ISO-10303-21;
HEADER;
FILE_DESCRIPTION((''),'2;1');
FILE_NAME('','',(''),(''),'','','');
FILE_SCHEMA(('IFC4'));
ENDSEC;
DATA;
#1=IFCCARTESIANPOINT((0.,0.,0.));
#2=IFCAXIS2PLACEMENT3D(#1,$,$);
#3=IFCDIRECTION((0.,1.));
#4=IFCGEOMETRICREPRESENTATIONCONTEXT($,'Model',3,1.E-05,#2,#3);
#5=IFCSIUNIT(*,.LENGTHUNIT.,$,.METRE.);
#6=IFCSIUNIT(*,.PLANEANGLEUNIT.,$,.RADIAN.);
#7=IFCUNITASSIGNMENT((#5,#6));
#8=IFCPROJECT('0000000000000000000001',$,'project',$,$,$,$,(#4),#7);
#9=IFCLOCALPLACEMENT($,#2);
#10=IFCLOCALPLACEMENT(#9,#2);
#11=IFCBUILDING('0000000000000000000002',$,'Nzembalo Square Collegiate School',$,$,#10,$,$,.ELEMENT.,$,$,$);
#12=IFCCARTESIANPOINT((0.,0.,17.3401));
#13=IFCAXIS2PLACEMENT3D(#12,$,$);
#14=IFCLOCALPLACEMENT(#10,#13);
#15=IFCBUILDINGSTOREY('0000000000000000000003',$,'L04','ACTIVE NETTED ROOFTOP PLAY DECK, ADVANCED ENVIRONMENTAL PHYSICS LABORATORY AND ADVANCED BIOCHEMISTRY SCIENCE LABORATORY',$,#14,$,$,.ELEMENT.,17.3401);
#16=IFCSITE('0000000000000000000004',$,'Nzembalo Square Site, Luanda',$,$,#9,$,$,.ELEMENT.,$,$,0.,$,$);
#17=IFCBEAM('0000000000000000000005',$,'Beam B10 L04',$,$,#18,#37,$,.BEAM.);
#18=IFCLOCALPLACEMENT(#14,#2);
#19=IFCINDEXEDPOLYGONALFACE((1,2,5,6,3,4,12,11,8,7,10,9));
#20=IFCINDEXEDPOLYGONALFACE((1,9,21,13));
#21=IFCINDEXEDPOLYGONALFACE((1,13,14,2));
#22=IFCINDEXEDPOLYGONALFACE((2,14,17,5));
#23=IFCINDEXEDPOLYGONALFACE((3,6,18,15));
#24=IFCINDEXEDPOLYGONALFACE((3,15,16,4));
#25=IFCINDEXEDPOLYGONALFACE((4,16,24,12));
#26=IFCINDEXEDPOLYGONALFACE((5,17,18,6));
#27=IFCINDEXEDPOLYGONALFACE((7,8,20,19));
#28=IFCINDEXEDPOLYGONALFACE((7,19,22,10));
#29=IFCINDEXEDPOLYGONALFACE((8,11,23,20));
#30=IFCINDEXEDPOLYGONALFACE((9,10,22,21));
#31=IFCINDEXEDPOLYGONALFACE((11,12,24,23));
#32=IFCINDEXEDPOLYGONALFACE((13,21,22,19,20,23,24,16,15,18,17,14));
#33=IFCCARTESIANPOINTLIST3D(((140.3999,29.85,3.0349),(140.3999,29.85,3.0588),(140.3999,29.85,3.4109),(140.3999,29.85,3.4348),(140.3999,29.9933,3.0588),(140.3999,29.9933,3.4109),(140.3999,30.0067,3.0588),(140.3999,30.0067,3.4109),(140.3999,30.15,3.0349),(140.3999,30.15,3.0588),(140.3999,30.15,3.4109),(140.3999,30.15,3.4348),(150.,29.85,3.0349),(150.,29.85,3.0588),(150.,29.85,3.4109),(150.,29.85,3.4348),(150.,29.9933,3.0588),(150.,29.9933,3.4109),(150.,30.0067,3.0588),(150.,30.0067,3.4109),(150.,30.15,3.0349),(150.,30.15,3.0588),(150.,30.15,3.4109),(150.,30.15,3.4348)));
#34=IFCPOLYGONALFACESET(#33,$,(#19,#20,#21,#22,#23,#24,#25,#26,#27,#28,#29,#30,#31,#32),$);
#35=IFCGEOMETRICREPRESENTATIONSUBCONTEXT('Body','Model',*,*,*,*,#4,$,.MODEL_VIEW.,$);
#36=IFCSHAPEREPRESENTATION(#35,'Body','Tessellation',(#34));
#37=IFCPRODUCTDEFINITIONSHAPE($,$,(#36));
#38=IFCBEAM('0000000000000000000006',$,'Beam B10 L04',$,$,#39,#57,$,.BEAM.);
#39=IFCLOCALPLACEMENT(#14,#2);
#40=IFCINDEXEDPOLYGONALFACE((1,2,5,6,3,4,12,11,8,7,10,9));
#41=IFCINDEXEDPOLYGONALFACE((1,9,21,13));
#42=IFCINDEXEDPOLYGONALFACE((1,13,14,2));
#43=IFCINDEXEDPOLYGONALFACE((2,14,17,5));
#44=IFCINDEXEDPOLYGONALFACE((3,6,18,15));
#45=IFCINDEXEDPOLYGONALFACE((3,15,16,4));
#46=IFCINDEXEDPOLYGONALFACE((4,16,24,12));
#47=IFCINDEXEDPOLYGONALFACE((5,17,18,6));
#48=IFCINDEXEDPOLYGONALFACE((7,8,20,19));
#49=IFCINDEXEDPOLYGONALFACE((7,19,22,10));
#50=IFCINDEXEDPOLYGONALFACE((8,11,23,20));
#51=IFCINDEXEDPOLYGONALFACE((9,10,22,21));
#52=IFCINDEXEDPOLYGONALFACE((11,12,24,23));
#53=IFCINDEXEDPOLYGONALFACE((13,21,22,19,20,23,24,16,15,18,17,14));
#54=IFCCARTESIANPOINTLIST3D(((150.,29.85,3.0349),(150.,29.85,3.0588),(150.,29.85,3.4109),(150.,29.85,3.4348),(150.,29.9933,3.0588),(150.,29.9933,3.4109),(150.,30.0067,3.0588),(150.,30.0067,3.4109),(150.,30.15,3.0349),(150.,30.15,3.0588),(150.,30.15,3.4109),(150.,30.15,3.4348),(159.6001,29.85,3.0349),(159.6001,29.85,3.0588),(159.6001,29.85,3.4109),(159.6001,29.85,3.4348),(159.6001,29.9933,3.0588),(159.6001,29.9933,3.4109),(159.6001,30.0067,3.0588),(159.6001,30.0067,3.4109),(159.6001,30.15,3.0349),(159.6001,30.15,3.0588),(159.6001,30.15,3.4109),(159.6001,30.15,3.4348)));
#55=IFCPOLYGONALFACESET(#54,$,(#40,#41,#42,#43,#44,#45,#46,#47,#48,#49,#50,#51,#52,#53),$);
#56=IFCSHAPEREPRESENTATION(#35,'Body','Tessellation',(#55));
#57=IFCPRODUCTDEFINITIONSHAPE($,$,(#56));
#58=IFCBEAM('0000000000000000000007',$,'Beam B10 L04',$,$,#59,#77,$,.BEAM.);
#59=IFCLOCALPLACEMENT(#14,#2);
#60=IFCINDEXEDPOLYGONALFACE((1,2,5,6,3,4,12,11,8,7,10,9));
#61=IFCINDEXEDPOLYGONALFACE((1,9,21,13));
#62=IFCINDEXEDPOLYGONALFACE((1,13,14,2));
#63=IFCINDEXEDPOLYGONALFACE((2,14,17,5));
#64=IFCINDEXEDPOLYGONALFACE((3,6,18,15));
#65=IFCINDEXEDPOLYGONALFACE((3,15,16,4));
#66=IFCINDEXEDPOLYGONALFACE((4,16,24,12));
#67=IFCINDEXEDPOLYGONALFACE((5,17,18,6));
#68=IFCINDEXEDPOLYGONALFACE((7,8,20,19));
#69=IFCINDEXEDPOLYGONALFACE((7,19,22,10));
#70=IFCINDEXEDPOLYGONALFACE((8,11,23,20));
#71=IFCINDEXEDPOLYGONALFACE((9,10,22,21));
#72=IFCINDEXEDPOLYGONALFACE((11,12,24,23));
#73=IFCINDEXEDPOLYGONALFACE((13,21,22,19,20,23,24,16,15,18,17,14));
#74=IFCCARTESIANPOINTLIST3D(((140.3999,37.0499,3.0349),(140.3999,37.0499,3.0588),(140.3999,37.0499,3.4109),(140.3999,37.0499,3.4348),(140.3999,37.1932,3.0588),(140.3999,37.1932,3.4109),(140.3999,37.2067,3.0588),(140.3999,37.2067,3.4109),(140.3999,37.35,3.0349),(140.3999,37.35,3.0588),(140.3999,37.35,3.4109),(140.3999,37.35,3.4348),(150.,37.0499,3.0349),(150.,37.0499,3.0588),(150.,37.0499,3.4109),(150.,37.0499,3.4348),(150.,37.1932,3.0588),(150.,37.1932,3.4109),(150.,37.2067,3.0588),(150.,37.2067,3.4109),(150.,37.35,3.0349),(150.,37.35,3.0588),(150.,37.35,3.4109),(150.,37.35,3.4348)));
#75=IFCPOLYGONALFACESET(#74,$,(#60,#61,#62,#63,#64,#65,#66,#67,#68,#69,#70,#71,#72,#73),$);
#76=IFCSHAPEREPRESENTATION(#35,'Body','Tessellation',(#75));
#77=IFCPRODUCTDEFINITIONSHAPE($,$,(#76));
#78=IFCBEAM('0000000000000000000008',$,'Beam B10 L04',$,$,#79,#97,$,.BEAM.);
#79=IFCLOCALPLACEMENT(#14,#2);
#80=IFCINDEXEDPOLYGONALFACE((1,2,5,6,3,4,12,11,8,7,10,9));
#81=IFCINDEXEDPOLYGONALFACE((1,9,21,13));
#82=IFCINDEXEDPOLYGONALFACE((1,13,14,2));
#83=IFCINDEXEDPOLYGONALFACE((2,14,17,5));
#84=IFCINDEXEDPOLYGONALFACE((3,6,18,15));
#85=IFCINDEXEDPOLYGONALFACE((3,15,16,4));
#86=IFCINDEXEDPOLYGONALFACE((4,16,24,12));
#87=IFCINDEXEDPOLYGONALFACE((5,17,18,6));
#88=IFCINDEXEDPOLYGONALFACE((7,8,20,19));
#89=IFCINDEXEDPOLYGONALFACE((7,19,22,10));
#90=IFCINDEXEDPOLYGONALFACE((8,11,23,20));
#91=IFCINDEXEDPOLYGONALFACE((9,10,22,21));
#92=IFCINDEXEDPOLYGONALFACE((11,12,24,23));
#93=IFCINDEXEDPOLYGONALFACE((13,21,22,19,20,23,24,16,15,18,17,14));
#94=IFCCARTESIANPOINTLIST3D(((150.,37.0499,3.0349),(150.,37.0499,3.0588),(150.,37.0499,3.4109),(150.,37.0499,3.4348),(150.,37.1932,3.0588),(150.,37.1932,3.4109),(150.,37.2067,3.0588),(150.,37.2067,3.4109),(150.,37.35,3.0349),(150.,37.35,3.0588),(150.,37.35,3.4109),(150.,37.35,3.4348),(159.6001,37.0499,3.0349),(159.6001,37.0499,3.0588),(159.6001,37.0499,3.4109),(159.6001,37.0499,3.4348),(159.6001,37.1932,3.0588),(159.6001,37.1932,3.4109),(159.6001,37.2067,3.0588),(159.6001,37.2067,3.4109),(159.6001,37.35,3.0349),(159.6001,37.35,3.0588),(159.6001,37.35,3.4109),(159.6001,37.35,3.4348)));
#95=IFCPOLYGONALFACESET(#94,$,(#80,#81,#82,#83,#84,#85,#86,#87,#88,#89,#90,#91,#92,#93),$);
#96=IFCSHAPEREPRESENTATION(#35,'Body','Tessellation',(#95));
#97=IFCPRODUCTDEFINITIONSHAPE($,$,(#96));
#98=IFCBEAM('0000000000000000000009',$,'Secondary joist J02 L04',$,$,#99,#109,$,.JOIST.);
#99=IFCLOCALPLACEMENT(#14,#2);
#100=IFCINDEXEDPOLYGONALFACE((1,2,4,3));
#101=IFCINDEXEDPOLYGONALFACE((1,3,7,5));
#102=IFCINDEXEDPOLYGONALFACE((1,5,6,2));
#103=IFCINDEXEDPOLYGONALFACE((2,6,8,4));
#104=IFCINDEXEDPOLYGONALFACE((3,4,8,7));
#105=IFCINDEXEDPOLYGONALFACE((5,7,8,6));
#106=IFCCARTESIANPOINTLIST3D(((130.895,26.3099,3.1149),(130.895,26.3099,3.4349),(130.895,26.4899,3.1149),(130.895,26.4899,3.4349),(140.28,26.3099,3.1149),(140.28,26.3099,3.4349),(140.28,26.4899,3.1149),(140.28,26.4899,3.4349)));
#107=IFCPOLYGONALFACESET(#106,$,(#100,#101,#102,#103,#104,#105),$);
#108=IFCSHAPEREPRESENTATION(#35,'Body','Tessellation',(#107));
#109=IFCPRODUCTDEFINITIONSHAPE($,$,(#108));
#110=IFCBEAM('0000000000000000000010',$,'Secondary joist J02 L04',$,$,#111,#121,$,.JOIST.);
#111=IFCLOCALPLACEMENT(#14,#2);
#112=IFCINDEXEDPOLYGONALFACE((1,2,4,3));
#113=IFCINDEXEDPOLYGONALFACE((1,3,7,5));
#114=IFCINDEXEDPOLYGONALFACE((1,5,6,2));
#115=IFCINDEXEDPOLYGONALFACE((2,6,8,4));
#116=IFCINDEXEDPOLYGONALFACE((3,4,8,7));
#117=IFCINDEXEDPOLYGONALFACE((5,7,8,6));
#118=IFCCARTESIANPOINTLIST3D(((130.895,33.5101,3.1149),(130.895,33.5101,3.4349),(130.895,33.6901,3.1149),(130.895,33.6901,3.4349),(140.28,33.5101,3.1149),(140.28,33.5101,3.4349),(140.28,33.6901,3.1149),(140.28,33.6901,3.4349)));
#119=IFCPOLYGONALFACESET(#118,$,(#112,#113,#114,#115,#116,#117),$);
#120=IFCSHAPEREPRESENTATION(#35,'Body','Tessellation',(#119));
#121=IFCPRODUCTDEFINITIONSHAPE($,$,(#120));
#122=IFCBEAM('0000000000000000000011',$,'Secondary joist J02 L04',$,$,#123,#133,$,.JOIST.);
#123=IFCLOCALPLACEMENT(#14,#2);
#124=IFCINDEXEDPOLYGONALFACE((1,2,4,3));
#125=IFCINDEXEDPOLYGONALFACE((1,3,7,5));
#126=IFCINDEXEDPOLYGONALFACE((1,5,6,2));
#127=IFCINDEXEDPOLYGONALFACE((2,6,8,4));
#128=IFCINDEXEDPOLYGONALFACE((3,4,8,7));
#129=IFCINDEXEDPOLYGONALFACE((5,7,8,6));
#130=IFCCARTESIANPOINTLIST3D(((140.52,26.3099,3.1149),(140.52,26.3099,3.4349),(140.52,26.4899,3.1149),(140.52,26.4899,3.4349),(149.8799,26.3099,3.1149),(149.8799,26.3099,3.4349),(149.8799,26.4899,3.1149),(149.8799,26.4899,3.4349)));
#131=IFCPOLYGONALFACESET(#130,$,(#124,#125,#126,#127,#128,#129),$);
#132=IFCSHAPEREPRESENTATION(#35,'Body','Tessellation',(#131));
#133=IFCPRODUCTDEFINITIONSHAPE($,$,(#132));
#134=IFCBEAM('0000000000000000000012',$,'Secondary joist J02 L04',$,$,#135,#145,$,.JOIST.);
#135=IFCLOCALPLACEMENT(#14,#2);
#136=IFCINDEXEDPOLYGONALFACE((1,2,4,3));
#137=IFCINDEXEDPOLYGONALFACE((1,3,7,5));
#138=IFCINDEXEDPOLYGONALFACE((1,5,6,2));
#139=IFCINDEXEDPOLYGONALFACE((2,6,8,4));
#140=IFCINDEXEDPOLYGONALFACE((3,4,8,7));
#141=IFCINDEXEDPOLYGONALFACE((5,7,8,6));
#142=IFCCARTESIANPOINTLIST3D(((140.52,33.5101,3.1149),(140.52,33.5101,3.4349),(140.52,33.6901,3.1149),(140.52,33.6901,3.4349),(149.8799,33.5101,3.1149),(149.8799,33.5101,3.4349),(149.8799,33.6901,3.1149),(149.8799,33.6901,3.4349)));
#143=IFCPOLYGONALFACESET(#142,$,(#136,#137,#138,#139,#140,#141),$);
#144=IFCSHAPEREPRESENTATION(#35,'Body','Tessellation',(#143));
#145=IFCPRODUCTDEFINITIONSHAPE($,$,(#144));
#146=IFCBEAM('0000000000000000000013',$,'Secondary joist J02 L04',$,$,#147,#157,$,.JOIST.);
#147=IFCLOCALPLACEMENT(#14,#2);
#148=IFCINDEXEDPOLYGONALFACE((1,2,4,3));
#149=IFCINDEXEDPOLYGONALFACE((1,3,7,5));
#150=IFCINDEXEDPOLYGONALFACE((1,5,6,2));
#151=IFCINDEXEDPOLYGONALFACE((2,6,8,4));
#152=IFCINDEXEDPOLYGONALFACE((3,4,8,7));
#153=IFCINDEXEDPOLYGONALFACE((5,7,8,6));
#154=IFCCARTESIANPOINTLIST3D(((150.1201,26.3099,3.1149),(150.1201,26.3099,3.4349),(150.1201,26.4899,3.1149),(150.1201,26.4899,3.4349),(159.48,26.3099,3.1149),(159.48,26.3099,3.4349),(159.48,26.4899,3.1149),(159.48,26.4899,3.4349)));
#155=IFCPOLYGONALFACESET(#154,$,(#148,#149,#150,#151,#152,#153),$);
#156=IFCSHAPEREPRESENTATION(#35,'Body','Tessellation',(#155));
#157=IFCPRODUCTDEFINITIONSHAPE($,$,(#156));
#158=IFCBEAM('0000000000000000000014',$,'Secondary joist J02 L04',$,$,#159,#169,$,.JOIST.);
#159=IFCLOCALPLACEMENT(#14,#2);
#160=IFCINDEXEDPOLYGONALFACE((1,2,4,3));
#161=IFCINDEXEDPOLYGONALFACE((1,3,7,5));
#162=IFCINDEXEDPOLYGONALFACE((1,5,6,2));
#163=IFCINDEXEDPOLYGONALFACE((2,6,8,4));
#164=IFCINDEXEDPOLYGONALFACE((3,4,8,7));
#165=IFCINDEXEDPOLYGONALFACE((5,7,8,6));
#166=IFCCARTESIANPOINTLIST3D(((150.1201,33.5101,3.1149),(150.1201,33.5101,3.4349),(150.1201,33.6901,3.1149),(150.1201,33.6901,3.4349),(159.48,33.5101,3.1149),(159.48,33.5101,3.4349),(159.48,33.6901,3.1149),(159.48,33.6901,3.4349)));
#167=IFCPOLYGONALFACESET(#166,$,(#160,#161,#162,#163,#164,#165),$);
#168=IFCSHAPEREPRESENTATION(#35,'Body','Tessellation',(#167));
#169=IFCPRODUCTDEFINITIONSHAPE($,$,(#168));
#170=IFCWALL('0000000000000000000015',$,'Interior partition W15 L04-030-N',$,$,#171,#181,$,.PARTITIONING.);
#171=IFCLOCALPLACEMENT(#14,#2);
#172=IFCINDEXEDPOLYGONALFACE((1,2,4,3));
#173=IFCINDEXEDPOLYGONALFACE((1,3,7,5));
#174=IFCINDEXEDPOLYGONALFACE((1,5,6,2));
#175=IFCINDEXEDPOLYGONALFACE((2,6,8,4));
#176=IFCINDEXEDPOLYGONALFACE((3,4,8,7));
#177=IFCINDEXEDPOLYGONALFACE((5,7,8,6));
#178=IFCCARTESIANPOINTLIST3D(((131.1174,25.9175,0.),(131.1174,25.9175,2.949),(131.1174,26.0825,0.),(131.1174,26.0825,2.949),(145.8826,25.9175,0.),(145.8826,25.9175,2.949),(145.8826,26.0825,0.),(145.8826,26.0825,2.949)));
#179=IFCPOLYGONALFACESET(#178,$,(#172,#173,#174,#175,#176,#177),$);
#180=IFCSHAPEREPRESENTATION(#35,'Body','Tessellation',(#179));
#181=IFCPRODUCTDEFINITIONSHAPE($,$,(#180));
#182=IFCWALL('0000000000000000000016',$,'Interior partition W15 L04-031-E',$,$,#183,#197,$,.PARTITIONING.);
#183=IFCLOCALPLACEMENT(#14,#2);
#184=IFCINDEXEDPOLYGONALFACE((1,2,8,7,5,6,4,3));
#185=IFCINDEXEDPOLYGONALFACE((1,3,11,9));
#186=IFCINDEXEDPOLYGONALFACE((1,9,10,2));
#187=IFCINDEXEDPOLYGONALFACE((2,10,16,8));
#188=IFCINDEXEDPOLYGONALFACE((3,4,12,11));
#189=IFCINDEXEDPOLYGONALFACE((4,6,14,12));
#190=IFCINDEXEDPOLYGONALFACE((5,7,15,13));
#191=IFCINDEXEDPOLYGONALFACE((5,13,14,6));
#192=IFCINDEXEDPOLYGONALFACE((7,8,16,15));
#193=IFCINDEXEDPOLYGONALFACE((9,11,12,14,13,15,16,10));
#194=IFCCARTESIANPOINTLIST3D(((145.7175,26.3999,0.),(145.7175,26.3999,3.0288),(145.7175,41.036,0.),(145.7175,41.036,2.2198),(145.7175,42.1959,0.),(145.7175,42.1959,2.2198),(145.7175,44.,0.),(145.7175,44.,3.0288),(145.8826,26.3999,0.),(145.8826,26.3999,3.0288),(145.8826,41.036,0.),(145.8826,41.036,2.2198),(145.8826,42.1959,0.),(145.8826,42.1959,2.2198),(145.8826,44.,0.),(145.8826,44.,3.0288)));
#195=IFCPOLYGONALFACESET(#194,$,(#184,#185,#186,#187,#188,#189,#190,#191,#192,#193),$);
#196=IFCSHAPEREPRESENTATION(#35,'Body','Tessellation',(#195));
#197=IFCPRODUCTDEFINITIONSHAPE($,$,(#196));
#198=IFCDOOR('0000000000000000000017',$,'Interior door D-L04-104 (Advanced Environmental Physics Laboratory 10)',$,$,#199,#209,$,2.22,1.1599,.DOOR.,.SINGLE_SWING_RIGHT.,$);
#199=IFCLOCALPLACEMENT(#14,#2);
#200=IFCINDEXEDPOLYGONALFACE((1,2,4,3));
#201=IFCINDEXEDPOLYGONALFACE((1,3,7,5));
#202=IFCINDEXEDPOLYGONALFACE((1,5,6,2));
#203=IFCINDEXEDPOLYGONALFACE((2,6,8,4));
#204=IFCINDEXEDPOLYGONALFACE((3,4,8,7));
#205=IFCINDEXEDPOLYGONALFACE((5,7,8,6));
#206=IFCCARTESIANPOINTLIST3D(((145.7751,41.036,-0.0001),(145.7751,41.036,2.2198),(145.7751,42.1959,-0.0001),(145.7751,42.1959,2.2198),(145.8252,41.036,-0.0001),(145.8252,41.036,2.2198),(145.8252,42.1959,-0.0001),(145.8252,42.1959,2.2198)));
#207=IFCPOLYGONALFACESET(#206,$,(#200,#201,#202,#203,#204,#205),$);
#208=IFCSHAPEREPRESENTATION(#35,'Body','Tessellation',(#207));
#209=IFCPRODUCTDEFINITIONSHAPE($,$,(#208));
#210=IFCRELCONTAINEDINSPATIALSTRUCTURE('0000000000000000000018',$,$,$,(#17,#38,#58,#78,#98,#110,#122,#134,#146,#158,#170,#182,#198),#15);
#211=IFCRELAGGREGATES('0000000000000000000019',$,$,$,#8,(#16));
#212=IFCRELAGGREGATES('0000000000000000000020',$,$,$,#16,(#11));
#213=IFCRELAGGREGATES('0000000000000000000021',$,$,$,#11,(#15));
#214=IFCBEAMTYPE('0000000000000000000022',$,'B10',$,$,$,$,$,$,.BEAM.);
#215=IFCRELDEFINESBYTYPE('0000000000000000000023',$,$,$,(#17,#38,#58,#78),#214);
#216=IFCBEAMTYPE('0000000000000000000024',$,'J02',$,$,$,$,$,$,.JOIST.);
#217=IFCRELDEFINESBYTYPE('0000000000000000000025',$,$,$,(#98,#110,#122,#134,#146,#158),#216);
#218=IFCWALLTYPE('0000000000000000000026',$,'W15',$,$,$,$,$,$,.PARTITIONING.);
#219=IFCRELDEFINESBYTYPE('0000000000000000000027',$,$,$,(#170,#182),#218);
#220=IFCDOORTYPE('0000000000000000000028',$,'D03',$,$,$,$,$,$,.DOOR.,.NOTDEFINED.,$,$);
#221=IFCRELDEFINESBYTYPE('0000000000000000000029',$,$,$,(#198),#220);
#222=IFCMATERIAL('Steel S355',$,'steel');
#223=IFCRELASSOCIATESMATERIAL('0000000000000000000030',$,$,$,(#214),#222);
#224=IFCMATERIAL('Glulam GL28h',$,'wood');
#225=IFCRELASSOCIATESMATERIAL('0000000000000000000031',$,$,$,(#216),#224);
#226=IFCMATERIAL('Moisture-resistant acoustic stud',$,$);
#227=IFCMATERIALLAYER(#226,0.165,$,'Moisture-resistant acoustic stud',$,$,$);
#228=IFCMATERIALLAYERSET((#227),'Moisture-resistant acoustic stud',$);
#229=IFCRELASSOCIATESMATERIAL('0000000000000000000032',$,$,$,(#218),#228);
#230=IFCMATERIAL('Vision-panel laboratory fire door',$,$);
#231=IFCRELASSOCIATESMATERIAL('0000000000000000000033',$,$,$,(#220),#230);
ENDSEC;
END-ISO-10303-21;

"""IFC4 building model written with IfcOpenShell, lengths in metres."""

from ifc_helpers import new_model, si_unit, direction, frame, frame_2d, origin, origin_2d, place, context, subcontext, project, spatial, rectangle, i_section, extrude, material, layer, layer_set, material_profile, profile_set, type_object, element, fill, save


model = new_model("IFC4")

# Units and contexts
model_context = context("Model", 3, precision=1e-05, world=origin(), true_north=direction((0.0, 1.0)))
body_context = subcontext(model_context, "Body", "Model", "MODEL_VIEW")
ifc_project = project(units=[si_unit("LENGTHUNIT", "METRE"), si_unit("PLANEANGLEUNIT", "RADIAN")], contexts=[model_context])

# Site, building, storey
site_placement = place(None, origin())
site = spatial("IfcSite", under=ifc_project, at=site_placement, Name="Nzembalo Square Site, Luanda", CompositionType="ELEMENT", RefElevation=0.0)
building_placement = place(site_placement, origin())
building = spatial("IfcBuilding", under=site, at=building_placement, Name="Nzembalo Square Collegiate School", CompositionType="ELEMENT")
storey_placement = place(building_placement, frame((0.0, 0.0, 17.3401)))
storey = spatial("IfcBuildingStorey", under=building, at=storey_placement, Name="L04", Description="ACTIVE NETTED ROOFTOP PLAY DECK, ADVANCED ENVIRONMENTAL PHYSICS LABORATORY AND ADVANCED BIOCHEMISTRY SCIENCE LABORATORY", CompositionType="ELEMENT", Elevation=17.3401)

# Beams
ifc_material_1 = material(Name="Steel S355", Category="steel")
ifc_material_profile_1 = material_profile(ifc_material_1, i_section(OverallWidth=0.3, OverallDepth=0.3999, WebThickness=0.0134, FlangeThickness=0.0239, at=origin_2d()), Name="HEB 400")
ifc_profile_set_1 = profile_set([ifc_material_profile_1], Name="Steel S355")
beam_type_1 = type_object("IfcBeamType", Name="B10", PredefinedType="BEAM", material=ifc_profile_set_1)
for number, where, z_axis, x_axis, name in (
    (1, (140.3999, 30.0, 3.2349), (1.0, 0.0, 0.0), (0.0, 1.0, 0.0), "Beam B10 L04"),
    (2, (150.0, 30.0, 3.2349), (1.0, 0.0, 0.0), (0.0, 1.0, 0.0), "Beam B10 L04"),
    (3, (140.3999, 37.2, 3.2349), (1.0, 0.0, 0.0), (0.0, 1.0, 0.0), "Beam B10 L04"),
    (4, (150.0, 37.2, 3.2349), (1.0, 0.0, 0.0), (0.0, 1.0, 0.0), "Beam B10 L04"),
):
    element("IfcBeam", number, at=place(storey_placement, frame(where, z_axis=z_axis, x_axis=x_axis)), inside=storey, type_object=beam_type_1, Name=name, PredefinedType="BEAM", context=body_context, shape_type="SweptSolid", body=[
        extrude(i_section(OverallWidth=0.3, OverallDepth=0.3999, WebThickness=0.0134, FlangeThickness=0.0239, at=origin_2d()), origin(), (0.0, 0.0, 1.0), 9.6001),
    ])
ifc_material_2 = material(Name="Glulam GL28h", Category="wood")
ifc_material_profile_2 = material_profile(ifc_material_2, rectangle(XDim=0.1799, YDim=0.3201, at=origin_2d()), Name="GL28h 180x320")
ifc_profile_set_2 = profile_set([ifc_material_profile_2], Name="Glulam GL28h")
beam_type_2 = type_object("IfcBeamType", Name="J02", PredefinedType="JOIST", material=ifc_profile_set_2)
for number, where, z_axis, x_axis, name in (
    (5, (130.895, 26.3999, 3.2749), (1.0, 0.0, 0.0), (0.0, 1.0, 0.0), "Secondary joist J02 L04"),
    (6, (130.895, 33.6001, 3.2749), (1.0, 0.0, 0.0), (0.0, 1.0, 0.0), "Secondary joist J02 L04"),
):
    element("IfcBeam", number, at=place(storey_placement, frame(where, z_axis=z_axis, x_axis=x_axis)), inside=storey, type_object=beam_type_2, Name=name, PredefinedType="JOIST", context=body_context, shape_type="SweptSolid", body=[
        extrude(rectangle(XDim=0.1799, YDim=0.3201, at=origin_2d()), origin(), (0.0, 0.0, 1.0), 9.385),
    ])
for number, where, z_axis, x_axis, name in (
    (7, (140.52, 26.3999, 3.2749), (1.0, 0.0, 0.0), (0.0, 1.0, 0.0), "Secondary joist J02 L04"),
    (8, (140.52, 33.6001, 3.2749), (1.0, 0.0, 0.0), (0.0, 1.0, 0.0), "Secondary joist J02 L04"),
    (9, (150.1201, 26.3999, 3.2749), (1.0, 0.0, 0.0), (0.0, 1.0, 0.0), "Secondary joist J02 L04"),
    (10, (150.1201, 33.6001, 3.2749), (1.0, 0.0, 0.0), (0.0, 1.0, 0.0), "Secondary joist J02 L04"),
):
    element("IfcBeam", number, at=place(storey_placement, frame(where, z_axis=z_axis, x_axis=x_axis)), inside=storey, type_object=beam_type_2, Name=name, PredefinedType="JOIST", context=body_context, shape_type="SweptSolid", body=[
        extrude(rectangle(XDim=0.1799, YDim=0.3201, at=origin_2d()), origin(), (0.0, 0.0, 1.0), 9.3599),
    ])

# Wall
ifc_material_3 = material(Name="Moisture-resistant acoustic stud")
ifc_layer_1 = layer(ifc_material_3, 0.165, Name="Moisture-resistant acoustic stud")
ifc_layer_set_1 = layer_set([ifc_layer_1], Name="Moisture-resistant acoustic stud")
wall_type_1 = type_object("IfcWallType", Name="W15", PredefinedType="PARTITIONING", material=ifc_layer_set_1)
wall_1_placement = place(storey_placement, frame((131.1174, 26.0, 0.0), z_axis=(0.0, 0.0, 1.0), x_axis=(1.0, 0.0, 0.0)))
element("IfcWall", 11, at=wall_1_placement, inside=storey, type_object=wall_type_1, Name="Interior partition W15 L04-030-N", PredefinedType="PARTITIONING", context=body_context, shape_type="SweptSolid", body=[
    extrude(rectangle(XDim=14.7651, YDim=0.165, at=frame_2d((7.3826, 0.0))), origin(), (0.0, 0.0, 1.0), 2.949),
])

# Wall, opening, door
wall_2_placement = place(storey_placement, frame((145.8, 26.3999, 0.0), z_axis=(0.0, 0.0, 1.0), x_axis=(0.0, 1.0, 0.0)))
wall_2 = element("IfcWall", 12, at=wall_2_placement, inside=storey, type_object=wall_type_1, Name="Interior partition W15 L04-031-E", PredefinedType="PARTITIONING", context=body_context, shape_type="SweptSolid", body=[
    extrude(rectangle(XDim=17.6001, YDim=0.165, at=frame_2d((8.8, 0.0))), origin(), (0.0, 0.0, 1.0), 3.0288),
])
opening_placement = place(wall_2_placement, frame((14.636, 0.0, 0.0)))
opening = element("IfcOpeningElement", 13, at=opening_placement, cuts=wall_2, PredefinedType="OPENING", context=body_context, shape_type="SweptSolid", body=[
    extrude(rectangle(XDim=1.1599, YDim=2.22, at=frame_2d((0.5801, 1.1099))), frame((0.0, 0.0925, 0.0), z_axis=(0.0, -1.0, 0.0), x_axis=(1.0, 0.0, 0.0)), (0.0, 0.0, 1.0), 0.1851),
])
ifc_material_4 = material(Name="Vision-panel laboratory fire door")
door_type = type_object("IfcDoorType", Name="D03", OperationType="NOTDEFINED", PredefinedType="DOOR", material=ifc_material_4)
door_placement = place(opening_placement, origin())
door = element("IfcDoor", 14, at=door_placement, inside=storey, type_object=door_type, Name="Interior door D-L04-104 (Advanced Environmental Physics Laboratory 10)", OperationType="SINGLE_SWING_RIGHT", OverallHeight=2.22, OverallWidth=1.1599, PredefinedType="DOOR", context=body_context, shape_type="SweptSolid", body=[
    extrude(rectangle(XDim=1.1599, YDim=2.22, at=frame_2d((0.5801, 1.1099))), frame((0.0, 0.0249, 0.0), z_axis=(0.0, -1.0, 0.0), x_axis=(1.0, 0.0, 0.0)), (0.0, 0.0, 1.0), 0.05),
])
fill(opening, door)

save(model, "model.ifc")
